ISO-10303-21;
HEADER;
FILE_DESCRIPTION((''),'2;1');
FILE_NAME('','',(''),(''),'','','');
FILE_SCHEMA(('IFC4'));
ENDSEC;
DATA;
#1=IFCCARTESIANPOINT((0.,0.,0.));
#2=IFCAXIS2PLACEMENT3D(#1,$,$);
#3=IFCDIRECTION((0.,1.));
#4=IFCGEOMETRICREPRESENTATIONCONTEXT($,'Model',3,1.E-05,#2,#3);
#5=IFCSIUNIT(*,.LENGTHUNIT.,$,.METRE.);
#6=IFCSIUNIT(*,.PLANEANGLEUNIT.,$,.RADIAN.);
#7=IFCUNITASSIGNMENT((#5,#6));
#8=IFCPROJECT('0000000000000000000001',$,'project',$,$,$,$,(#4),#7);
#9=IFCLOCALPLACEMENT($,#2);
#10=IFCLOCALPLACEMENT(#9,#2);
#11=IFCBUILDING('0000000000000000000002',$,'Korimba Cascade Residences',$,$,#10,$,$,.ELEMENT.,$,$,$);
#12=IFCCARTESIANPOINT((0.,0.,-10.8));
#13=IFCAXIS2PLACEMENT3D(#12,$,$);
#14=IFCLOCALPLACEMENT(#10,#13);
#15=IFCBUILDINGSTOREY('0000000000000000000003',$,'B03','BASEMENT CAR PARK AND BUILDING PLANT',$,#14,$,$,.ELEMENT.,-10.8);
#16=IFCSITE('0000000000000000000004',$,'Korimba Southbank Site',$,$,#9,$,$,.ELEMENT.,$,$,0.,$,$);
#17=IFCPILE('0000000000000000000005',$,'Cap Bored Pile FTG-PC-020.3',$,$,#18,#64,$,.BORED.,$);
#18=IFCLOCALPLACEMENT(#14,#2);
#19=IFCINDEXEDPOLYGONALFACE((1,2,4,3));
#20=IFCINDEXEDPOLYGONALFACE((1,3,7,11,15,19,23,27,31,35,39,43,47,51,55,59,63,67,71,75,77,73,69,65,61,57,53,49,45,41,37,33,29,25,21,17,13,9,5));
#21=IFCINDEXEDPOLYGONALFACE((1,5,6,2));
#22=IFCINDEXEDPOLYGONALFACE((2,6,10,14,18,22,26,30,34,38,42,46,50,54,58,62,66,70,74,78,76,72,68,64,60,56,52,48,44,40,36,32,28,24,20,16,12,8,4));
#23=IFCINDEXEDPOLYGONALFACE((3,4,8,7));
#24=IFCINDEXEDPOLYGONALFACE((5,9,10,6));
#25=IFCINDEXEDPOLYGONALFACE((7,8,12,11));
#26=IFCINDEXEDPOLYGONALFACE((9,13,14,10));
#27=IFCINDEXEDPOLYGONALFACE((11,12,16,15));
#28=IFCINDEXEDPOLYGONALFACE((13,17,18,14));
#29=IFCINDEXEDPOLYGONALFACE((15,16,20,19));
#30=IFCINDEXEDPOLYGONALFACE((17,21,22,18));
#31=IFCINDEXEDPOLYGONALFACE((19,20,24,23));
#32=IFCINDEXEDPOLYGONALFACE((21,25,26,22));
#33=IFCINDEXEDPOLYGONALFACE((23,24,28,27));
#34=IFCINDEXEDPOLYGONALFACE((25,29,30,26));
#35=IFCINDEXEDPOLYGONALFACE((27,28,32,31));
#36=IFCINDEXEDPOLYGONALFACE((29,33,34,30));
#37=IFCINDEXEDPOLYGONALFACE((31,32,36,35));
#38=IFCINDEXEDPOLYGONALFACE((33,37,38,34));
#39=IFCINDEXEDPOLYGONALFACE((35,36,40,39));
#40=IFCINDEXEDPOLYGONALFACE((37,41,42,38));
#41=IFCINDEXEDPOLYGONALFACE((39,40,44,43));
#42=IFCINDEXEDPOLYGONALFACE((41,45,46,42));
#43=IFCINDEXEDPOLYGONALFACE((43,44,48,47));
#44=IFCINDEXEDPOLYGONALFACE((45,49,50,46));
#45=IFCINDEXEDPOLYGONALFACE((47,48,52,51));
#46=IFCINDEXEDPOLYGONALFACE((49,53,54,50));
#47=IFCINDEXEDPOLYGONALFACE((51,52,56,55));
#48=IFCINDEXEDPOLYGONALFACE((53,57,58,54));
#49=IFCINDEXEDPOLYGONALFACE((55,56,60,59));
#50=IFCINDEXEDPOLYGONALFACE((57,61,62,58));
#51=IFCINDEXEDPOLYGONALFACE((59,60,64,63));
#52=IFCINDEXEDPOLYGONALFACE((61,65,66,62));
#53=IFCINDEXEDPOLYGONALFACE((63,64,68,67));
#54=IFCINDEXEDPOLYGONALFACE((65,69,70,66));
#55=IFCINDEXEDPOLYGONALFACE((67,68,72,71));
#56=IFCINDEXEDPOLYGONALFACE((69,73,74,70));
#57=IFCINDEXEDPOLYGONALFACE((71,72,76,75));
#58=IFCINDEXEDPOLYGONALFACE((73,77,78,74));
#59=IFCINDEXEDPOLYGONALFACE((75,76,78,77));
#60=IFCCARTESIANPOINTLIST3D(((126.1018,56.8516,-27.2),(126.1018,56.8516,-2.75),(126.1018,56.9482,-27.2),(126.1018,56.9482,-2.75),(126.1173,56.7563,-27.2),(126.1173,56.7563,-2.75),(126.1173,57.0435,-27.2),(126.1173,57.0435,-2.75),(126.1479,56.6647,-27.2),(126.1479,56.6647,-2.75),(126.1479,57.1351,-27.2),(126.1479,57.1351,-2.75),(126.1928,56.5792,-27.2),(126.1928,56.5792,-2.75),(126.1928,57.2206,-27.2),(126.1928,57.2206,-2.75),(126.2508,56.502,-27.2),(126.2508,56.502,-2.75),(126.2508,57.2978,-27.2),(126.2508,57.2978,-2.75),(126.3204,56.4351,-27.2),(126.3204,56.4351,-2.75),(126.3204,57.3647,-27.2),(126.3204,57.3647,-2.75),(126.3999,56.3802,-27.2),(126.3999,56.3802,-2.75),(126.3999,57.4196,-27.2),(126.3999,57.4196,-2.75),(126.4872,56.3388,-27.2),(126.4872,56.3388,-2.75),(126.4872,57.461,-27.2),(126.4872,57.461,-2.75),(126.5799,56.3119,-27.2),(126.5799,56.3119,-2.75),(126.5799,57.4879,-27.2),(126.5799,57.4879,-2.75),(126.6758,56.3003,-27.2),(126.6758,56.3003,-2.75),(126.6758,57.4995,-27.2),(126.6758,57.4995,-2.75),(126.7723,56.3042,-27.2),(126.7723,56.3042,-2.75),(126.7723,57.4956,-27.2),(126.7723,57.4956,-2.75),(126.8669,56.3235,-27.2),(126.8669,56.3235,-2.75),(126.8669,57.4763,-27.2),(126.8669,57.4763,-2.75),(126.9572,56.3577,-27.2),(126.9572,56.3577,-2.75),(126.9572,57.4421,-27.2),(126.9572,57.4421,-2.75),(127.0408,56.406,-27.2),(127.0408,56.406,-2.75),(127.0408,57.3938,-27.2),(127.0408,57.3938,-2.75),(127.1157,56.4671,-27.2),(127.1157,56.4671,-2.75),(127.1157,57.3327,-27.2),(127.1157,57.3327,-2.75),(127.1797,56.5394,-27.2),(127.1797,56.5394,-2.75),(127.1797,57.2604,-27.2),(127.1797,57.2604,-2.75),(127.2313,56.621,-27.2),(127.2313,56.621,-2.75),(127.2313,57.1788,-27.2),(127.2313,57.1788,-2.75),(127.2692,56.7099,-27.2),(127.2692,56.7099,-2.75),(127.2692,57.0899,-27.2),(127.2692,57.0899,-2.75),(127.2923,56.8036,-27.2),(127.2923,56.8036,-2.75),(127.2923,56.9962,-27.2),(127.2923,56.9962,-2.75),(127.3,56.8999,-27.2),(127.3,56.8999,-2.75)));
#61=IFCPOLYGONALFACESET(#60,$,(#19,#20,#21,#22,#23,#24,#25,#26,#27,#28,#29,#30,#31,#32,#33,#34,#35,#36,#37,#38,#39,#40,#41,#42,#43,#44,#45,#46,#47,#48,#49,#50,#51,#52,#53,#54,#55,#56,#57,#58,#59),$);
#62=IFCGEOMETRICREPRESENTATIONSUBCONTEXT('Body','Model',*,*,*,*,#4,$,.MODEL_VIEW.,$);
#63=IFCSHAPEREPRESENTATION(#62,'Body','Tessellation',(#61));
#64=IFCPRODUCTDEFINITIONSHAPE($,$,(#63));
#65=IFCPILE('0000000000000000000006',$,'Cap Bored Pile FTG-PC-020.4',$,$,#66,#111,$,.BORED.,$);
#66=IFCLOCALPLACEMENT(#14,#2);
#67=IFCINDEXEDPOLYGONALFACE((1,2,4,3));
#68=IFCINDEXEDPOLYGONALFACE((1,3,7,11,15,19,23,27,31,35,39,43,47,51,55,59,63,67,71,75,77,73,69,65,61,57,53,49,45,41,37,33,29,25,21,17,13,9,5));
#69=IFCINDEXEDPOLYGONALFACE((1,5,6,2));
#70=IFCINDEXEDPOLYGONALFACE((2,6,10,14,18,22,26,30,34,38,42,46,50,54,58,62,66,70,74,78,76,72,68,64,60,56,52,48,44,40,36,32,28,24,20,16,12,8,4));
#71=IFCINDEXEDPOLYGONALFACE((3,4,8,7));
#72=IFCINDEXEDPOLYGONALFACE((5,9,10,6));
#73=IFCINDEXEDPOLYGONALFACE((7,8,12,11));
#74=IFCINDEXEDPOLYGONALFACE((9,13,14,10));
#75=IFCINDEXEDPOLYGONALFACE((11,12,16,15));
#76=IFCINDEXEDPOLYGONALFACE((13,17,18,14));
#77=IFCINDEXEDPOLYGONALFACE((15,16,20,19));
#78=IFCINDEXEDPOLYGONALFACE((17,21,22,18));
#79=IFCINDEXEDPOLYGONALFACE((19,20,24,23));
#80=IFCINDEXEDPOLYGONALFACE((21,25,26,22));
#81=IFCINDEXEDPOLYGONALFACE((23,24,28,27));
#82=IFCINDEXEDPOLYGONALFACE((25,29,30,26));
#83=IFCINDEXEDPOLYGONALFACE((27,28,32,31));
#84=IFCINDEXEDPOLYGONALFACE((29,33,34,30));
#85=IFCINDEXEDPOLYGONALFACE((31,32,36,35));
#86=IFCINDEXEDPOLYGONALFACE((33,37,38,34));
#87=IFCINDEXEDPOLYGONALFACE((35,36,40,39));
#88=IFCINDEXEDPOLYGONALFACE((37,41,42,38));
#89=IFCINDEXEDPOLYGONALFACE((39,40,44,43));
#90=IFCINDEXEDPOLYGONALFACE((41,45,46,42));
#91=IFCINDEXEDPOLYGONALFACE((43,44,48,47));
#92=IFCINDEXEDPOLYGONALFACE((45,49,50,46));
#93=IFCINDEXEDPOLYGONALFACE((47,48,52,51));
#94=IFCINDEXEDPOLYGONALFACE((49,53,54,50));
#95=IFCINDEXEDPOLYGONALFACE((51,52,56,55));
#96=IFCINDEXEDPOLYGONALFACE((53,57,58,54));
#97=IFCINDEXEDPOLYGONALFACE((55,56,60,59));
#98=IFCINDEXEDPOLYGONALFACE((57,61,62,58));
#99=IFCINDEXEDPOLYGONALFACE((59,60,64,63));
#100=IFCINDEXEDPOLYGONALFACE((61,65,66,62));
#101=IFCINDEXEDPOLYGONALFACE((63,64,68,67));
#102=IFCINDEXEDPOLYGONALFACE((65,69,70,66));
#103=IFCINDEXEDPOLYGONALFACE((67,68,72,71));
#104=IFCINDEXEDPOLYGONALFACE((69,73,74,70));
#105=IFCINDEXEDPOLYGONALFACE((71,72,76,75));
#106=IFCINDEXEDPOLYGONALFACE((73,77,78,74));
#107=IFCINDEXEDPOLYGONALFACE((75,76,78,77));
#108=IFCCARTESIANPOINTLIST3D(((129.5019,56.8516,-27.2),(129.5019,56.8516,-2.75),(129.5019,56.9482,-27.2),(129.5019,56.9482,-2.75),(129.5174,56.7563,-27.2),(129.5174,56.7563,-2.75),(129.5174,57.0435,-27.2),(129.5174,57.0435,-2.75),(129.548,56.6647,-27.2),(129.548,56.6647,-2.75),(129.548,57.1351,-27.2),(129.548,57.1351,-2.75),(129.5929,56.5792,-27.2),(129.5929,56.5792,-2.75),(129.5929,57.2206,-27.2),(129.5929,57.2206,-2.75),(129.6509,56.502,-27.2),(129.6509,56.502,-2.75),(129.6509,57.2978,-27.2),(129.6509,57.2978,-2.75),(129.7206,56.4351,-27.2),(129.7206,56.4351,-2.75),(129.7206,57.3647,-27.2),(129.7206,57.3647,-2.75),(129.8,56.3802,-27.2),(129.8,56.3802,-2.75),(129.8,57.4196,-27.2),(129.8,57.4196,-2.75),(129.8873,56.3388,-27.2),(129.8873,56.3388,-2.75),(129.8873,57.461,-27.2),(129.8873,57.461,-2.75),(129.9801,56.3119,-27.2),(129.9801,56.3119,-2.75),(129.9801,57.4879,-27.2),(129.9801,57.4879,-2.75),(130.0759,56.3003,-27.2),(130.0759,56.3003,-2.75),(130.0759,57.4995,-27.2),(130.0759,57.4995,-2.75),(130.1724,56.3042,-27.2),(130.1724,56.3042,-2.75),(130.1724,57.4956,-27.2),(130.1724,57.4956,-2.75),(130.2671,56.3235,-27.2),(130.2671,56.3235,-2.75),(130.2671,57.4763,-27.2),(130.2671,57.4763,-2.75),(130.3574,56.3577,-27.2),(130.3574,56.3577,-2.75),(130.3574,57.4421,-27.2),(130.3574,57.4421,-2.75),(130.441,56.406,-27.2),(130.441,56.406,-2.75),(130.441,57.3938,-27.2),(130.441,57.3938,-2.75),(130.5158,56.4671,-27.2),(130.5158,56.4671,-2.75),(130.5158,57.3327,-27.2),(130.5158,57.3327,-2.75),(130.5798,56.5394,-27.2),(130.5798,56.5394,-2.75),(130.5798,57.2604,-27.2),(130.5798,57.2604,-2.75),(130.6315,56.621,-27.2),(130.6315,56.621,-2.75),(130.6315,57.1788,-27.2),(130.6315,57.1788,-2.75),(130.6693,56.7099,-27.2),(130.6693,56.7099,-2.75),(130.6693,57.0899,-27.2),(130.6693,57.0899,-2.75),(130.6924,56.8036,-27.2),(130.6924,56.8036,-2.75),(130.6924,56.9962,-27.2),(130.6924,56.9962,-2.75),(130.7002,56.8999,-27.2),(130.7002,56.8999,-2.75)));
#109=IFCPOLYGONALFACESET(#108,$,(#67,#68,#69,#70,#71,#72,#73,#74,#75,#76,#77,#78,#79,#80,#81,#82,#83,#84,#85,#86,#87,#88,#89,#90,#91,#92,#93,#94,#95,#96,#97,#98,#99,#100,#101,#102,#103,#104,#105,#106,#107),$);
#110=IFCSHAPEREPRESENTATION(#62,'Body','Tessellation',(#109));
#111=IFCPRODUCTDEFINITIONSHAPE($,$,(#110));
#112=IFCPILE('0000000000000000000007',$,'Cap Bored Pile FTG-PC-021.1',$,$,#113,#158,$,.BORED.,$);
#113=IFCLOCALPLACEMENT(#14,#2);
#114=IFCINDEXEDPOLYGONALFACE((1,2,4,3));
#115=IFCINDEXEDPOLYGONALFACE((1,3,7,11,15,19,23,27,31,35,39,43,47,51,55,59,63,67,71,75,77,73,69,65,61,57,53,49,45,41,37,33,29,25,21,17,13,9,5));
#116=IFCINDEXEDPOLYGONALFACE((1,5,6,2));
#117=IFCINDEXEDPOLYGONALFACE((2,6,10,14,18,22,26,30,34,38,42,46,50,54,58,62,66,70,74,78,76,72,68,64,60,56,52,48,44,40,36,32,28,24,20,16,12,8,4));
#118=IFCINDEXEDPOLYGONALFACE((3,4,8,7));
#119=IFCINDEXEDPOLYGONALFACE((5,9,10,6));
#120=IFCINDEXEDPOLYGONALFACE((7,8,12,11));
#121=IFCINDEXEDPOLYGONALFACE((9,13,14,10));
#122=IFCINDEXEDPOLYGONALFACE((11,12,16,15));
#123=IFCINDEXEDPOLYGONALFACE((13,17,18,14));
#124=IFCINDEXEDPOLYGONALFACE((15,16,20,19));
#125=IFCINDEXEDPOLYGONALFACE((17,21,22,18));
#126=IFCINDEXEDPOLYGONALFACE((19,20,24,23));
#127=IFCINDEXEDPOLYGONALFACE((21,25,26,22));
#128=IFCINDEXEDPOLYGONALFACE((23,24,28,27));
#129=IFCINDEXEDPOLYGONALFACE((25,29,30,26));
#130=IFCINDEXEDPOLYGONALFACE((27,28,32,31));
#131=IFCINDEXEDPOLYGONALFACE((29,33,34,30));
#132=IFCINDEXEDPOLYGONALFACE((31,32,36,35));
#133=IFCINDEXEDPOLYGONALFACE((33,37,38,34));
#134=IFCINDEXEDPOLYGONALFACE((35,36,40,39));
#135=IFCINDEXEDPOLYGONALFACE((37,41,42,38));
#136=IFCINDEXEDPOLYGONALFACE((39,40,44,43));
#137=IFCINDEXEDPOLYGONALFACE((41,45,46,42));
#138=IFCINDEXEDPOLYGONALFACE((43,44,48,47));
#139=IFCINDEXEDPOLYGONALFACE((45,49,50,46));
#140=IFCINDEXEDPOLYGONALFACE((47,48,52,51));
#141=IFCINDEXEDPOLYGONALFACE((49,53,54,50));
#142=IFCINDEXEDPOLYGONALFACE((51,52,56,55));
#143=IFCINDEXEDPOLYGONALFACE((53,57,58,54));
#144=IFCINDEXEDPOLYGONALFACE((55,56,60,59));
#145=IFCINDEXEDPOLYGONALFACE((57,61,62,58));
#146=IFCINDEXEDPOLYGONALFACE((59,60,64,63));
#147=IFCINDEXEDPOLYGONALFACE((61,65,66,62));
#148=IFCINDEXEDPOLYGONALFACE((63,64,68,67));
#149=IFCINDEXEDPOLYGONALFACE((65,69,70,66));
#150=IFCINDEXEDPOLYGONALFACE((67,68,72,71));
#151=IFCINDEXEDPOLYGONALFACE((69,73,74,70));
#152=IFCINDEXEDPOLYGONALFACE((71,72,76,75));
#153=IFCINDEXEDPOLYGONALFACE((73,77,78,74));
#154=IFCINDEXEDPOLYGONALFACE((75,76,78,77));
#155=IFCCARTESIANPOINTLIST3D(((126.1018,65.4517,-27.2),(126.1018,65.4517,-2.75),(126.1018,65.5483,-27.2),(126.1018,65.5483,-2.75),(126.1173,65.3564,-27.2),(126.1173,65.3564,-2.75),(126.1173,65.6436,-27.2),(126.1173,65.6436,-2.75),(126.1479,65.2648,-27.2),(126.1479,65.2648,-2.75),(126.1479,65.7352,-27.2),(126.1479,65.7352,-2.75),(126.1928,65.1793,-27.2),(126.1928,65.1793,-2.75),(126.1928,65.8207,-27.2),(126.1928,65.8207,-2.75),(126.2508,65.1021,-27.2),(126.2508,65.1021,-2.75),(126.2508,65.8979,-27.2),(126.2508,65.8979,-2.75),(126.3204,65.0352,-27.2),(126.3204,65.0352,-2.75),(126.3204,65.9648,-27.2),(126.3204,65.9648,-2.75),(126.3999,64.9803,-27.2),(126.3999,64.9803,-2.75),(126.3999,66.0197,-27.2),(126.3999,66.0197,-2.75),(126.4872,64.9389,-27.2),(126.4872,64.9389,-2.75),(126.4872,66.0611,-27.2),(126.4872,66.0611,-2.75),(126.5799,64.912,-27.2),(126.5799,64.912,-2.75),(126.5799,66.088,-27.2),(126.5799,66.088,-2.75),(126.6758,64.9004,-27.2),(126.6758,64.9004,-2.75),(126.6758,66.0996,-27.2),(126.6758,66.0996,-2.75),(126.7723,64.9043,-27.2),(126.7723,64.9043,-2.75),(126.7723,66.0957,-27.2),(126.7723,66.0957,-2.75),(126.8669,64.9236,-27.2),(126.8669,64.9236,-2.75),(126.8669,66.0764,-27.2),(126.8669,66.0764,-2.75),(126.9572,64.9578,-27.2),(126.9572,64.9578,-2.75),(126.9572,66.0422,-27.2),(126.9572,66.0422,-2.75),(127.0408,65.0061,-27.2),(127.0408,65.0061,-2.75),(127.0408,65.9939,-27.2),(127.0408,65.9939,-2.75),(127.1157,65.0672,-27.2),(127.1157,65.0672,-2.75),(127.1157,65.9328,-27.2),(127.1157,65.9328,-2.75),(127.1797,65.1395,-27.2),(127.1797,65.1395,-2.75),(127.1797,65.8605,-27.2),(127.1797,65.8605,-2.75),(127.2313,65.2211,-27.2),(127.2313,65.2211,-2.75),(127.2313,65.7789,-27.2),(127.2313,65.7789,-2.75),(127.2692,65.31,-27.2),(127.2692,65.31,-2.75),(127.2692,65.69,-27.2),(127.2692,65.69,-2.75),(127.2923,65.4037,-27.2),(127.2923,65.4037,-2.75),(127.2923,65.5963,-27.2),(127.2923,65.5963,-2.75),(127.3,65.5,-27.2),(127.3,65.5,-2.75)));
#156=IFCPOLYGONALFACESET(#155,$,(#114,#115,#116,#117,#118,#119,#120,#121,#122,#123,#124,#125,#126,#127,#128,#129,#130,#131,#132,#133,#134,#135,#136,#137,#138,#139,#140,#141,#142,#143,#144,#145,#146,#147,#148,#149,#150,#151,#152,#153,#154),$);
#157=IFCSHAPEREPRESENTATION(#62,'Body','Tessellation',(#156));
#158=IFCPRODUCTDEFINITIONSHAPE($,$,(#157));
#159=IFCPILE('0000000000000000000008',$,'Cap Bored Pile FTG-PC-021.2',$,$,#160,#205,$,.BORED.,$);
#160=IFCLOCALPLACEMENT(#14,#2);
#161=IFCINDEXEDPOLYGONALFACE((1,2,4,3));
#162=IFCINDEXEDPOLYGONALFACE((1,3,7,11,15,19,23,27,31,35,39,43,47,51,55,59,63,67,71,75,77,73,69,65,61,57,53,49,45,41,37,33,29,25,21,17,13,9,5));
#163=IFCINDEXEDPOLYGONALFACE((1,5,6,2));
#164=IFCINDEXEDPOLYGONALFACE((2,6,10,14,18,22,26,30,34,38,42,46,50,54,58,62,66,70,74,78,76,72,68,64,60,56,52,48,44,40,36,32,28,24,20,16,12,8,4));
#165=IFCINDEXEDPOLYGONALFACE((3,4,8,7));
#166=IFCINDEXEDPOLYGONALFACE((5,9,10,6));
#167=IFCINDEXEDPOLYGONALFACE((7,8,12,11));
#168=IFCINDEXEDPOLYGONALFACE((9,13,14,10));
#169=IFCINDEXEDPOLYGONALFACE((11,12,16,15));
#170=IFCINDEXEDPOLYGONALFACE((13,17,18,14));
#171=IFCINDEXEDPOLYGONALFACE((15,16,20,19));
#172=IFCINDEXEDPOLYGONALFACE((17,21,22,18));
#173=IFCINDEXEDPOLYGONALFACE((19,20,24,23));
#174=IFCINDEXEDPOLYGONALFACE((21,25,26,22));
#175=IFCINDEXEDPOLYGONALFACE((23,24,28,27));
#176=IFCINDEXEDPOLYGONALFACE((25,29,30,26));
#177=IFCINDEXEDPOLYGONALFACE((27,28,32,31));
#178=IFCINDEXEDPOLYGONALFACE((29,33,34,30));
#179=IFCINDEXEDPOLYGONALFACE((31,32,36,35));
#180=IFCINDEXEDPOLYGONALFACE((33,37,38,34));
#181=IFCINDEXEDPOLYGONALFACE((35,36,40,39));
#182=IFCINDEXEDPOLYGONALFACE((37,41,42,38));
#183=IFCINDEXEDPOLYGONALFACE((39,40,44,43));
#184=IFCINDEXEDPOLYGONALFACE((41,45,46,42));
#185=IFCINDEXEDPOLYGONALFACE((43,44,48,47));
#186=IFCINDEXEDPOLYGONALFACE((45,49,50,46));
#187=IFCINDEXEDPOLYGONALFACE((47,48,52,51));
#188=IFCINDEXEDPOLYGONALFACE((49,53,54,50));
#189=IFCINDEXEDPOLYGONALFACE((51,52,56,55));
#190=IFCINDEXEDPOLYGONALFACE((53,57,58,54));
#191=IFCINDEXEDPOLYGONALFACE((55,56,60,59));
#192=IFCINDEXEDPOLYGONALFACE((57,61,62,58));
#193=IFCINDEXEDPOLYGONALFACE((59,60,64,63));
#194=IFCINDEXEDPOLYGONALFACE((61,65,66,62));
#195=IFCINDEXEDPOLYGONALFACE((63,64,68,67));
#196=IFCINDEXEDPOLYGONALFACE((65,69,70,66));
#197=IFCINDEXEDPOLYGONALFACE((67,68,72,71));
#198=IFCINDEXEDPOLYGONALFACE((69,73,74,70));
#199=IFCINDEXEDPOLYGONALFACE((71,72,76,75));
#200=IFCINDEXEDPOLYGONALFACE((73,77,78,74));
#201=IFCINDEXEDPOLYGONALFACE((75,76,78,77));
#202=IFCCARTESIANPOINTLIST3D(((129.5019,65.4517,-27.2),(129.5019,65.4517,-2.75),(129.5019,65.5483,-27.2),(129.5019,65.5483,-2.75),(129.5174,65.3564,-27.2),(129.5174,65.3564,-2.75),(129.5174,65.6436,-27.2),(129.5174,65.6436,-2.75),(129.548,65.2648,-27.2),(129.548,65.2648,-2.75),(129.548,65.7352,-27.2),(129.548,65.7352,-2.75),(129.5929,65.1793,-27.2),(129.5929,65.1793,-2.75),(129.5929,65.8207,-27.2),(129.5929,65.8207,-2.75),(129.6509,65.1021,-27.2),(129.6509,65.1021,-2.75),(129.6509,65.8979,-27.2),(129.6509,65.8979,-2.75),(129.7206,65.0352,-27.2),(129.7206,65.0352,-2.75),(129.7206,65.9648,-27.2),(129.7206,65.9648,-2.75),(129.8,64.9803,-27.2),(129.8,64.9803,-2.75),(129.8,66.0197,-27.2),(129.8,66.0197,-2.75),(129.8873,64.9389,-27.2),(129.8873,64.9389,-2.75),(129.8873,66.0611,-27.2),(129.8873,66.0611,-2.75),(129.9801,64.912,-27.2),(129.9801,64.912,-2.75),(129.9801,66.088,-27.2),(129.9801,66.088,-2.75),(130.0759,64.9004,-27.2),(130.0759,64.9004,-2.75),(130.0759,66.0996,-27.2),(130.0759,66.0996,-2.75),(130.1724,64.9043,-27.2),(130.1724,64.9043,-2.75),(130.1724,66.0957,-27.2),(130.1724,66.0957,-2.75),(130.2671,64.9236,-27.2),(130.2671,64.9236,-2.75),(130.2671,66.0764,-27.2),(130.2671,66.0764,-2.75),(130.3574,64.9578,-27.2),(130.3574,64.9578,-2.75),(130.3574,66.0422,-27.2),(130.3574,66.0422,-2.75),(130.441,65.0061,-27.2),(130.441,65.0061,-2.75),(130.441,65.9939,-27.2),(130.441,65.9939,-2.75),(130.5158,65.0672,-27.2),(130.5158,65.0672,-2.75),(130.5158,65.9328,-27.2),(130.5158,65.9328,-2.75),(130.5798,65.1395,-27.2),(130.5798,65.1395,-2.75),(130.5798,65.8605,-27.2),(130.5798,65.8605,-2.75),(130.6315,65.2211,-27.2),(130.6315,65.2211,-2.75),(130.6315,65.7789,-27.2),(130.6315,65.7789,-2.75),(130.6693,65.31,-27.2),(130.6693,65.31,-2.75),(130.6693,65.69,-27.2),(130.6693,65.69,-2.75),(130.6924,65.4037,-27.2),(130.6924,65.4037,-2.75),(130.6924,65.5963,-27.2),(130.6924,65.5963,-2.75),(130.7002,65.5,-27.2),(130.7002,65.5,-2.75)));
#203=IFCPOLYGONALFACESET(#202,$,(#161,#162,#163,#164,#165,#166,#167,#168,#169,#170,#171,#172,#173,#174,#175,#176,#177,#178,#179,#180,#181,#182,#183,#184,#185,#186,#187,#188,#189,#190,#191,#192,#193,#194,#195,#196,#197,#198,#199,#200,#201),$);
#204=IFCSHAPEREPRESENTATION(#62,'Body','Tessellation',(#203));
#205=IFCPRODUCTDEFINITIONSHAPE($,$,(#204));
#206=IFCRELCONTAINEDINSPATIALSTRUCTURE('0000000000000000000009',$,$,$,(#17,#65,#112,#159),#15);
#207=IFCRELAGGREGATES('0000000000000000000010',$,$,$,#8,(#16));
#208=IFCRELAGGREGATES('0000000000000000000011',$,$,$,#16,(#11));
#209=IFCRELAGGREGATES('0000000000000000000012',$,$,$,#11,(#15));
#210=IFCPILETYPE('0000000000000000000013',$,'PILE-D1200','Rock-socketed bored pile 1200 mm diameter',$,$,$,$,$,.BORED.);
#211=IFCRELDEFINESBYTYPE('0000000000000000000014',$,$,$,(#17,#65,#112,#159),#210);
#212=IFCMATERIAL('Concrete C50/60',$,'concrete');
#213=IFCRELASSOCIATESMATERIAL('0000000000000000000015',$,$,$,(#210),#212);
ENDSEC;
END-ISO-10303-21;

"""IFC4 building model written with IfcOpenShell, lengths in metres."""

from ifc_helpers import new_model, si_unit, direction, frame, origin, origin_2d, place, context, subcontext, project, spatial, circle, extrude, material, material_profile, profile_set, type_object, element, save


model = new_model("IFC4")

# Units and contexts
model_context = context("Model", 3, precision=1e-05, world=origin(), true_north=direction((0.0, 1.0)))
body_context = subcontext(model_context, "Body", "Model", "MODEL_VIEW")
ifc_project = project(units=[si_unit("LENGTHUNIT", "METRE"), si_unit("PLANEANGLEUNIT", "RADIAN")], contexts=[model_context])

# Site, building, storey
site_placement = place(None, origin())
site = spatial("IfcSite", under=ifc_project, at=site_placement, Name="Korimba Southbank Site", CompositionType="ELEMENT", RefElevation=0.0)
building_placement = place(site_placement, origin())
building = spatial("IfcBuilding", under=site, at=building_placement, Name="Korimba Cascade Residences", CompositionType="ELEMENT")
storey_placement = place(building_placement, frame((0.0, 0.0, -10.8)))
storey = spatial("IfcBuildingStorey", under=building, at=storey_placement, Name="B03", Description="BASEMENT CAR PARK AND BUILDING PLANT", CompositionType="ELEMENT", Elevation=-10.8)

# Piles
ifc_material_1 = material(Name="Concrete C50/60", Category="concrete")
ifc_material_profile_1 = material_profile(ifc_material_1, circle(Radius=0.6001, at=origin_2d()), Name="Concrete C50/60")
ifc_profile_set_1 = profile_set([ifc_material_profile_1], Name="Concrete C50/60")
pile_type = type_object("IfcPileType", Name="PILE-D1200", Description="Rock-socketed bored pile 1200 mm diameter", PredefinedType="BORED", material=ifc_profile_set_1)
for number, where, z_axis, x_axis, name in (
    (1, (126.7, 56.8999, -2.75), (0.0, 0.0, -1.0), (1.0, 0.0, 0.0), "Cap Bored Pile FTG-PC-020.3"),
    (2, (130.1001, 56.8999, -2.75), (0.0, 0.0, -1.0), (1.0, 0.0, 0.0), "Cap Bored Pile FTG-PC-020.4"),
    (3, (126.7, 65.5, -2.75), (0.0, 0.0, -1.0), (1.0, 0.0, 0.0), "Cap Bored Pile FTG-PC-021.1"),
    (4, (130.1001, 65.5, -2.75), (0.0, 0.0, -1.0), (1.0, 0.0, 0.0), "Cap Bored Pile FTG-PC-021.2"),
):
    element("IfcPile", number, at=place(storey_placement, frame(where, z_axis=z_axis, x_axis=x_axis)), inside=storey, type_object=pile_type, Name=name, PredefinedType="BORED", context=body_context, shape_type="SweptSolid", body=[
        extrude(circle(Radius=0.6001, at=origin_2d()), origin(), (0.0, 0.0, 1.0), 24.45),
    ])

save(model, "model.ifc")
